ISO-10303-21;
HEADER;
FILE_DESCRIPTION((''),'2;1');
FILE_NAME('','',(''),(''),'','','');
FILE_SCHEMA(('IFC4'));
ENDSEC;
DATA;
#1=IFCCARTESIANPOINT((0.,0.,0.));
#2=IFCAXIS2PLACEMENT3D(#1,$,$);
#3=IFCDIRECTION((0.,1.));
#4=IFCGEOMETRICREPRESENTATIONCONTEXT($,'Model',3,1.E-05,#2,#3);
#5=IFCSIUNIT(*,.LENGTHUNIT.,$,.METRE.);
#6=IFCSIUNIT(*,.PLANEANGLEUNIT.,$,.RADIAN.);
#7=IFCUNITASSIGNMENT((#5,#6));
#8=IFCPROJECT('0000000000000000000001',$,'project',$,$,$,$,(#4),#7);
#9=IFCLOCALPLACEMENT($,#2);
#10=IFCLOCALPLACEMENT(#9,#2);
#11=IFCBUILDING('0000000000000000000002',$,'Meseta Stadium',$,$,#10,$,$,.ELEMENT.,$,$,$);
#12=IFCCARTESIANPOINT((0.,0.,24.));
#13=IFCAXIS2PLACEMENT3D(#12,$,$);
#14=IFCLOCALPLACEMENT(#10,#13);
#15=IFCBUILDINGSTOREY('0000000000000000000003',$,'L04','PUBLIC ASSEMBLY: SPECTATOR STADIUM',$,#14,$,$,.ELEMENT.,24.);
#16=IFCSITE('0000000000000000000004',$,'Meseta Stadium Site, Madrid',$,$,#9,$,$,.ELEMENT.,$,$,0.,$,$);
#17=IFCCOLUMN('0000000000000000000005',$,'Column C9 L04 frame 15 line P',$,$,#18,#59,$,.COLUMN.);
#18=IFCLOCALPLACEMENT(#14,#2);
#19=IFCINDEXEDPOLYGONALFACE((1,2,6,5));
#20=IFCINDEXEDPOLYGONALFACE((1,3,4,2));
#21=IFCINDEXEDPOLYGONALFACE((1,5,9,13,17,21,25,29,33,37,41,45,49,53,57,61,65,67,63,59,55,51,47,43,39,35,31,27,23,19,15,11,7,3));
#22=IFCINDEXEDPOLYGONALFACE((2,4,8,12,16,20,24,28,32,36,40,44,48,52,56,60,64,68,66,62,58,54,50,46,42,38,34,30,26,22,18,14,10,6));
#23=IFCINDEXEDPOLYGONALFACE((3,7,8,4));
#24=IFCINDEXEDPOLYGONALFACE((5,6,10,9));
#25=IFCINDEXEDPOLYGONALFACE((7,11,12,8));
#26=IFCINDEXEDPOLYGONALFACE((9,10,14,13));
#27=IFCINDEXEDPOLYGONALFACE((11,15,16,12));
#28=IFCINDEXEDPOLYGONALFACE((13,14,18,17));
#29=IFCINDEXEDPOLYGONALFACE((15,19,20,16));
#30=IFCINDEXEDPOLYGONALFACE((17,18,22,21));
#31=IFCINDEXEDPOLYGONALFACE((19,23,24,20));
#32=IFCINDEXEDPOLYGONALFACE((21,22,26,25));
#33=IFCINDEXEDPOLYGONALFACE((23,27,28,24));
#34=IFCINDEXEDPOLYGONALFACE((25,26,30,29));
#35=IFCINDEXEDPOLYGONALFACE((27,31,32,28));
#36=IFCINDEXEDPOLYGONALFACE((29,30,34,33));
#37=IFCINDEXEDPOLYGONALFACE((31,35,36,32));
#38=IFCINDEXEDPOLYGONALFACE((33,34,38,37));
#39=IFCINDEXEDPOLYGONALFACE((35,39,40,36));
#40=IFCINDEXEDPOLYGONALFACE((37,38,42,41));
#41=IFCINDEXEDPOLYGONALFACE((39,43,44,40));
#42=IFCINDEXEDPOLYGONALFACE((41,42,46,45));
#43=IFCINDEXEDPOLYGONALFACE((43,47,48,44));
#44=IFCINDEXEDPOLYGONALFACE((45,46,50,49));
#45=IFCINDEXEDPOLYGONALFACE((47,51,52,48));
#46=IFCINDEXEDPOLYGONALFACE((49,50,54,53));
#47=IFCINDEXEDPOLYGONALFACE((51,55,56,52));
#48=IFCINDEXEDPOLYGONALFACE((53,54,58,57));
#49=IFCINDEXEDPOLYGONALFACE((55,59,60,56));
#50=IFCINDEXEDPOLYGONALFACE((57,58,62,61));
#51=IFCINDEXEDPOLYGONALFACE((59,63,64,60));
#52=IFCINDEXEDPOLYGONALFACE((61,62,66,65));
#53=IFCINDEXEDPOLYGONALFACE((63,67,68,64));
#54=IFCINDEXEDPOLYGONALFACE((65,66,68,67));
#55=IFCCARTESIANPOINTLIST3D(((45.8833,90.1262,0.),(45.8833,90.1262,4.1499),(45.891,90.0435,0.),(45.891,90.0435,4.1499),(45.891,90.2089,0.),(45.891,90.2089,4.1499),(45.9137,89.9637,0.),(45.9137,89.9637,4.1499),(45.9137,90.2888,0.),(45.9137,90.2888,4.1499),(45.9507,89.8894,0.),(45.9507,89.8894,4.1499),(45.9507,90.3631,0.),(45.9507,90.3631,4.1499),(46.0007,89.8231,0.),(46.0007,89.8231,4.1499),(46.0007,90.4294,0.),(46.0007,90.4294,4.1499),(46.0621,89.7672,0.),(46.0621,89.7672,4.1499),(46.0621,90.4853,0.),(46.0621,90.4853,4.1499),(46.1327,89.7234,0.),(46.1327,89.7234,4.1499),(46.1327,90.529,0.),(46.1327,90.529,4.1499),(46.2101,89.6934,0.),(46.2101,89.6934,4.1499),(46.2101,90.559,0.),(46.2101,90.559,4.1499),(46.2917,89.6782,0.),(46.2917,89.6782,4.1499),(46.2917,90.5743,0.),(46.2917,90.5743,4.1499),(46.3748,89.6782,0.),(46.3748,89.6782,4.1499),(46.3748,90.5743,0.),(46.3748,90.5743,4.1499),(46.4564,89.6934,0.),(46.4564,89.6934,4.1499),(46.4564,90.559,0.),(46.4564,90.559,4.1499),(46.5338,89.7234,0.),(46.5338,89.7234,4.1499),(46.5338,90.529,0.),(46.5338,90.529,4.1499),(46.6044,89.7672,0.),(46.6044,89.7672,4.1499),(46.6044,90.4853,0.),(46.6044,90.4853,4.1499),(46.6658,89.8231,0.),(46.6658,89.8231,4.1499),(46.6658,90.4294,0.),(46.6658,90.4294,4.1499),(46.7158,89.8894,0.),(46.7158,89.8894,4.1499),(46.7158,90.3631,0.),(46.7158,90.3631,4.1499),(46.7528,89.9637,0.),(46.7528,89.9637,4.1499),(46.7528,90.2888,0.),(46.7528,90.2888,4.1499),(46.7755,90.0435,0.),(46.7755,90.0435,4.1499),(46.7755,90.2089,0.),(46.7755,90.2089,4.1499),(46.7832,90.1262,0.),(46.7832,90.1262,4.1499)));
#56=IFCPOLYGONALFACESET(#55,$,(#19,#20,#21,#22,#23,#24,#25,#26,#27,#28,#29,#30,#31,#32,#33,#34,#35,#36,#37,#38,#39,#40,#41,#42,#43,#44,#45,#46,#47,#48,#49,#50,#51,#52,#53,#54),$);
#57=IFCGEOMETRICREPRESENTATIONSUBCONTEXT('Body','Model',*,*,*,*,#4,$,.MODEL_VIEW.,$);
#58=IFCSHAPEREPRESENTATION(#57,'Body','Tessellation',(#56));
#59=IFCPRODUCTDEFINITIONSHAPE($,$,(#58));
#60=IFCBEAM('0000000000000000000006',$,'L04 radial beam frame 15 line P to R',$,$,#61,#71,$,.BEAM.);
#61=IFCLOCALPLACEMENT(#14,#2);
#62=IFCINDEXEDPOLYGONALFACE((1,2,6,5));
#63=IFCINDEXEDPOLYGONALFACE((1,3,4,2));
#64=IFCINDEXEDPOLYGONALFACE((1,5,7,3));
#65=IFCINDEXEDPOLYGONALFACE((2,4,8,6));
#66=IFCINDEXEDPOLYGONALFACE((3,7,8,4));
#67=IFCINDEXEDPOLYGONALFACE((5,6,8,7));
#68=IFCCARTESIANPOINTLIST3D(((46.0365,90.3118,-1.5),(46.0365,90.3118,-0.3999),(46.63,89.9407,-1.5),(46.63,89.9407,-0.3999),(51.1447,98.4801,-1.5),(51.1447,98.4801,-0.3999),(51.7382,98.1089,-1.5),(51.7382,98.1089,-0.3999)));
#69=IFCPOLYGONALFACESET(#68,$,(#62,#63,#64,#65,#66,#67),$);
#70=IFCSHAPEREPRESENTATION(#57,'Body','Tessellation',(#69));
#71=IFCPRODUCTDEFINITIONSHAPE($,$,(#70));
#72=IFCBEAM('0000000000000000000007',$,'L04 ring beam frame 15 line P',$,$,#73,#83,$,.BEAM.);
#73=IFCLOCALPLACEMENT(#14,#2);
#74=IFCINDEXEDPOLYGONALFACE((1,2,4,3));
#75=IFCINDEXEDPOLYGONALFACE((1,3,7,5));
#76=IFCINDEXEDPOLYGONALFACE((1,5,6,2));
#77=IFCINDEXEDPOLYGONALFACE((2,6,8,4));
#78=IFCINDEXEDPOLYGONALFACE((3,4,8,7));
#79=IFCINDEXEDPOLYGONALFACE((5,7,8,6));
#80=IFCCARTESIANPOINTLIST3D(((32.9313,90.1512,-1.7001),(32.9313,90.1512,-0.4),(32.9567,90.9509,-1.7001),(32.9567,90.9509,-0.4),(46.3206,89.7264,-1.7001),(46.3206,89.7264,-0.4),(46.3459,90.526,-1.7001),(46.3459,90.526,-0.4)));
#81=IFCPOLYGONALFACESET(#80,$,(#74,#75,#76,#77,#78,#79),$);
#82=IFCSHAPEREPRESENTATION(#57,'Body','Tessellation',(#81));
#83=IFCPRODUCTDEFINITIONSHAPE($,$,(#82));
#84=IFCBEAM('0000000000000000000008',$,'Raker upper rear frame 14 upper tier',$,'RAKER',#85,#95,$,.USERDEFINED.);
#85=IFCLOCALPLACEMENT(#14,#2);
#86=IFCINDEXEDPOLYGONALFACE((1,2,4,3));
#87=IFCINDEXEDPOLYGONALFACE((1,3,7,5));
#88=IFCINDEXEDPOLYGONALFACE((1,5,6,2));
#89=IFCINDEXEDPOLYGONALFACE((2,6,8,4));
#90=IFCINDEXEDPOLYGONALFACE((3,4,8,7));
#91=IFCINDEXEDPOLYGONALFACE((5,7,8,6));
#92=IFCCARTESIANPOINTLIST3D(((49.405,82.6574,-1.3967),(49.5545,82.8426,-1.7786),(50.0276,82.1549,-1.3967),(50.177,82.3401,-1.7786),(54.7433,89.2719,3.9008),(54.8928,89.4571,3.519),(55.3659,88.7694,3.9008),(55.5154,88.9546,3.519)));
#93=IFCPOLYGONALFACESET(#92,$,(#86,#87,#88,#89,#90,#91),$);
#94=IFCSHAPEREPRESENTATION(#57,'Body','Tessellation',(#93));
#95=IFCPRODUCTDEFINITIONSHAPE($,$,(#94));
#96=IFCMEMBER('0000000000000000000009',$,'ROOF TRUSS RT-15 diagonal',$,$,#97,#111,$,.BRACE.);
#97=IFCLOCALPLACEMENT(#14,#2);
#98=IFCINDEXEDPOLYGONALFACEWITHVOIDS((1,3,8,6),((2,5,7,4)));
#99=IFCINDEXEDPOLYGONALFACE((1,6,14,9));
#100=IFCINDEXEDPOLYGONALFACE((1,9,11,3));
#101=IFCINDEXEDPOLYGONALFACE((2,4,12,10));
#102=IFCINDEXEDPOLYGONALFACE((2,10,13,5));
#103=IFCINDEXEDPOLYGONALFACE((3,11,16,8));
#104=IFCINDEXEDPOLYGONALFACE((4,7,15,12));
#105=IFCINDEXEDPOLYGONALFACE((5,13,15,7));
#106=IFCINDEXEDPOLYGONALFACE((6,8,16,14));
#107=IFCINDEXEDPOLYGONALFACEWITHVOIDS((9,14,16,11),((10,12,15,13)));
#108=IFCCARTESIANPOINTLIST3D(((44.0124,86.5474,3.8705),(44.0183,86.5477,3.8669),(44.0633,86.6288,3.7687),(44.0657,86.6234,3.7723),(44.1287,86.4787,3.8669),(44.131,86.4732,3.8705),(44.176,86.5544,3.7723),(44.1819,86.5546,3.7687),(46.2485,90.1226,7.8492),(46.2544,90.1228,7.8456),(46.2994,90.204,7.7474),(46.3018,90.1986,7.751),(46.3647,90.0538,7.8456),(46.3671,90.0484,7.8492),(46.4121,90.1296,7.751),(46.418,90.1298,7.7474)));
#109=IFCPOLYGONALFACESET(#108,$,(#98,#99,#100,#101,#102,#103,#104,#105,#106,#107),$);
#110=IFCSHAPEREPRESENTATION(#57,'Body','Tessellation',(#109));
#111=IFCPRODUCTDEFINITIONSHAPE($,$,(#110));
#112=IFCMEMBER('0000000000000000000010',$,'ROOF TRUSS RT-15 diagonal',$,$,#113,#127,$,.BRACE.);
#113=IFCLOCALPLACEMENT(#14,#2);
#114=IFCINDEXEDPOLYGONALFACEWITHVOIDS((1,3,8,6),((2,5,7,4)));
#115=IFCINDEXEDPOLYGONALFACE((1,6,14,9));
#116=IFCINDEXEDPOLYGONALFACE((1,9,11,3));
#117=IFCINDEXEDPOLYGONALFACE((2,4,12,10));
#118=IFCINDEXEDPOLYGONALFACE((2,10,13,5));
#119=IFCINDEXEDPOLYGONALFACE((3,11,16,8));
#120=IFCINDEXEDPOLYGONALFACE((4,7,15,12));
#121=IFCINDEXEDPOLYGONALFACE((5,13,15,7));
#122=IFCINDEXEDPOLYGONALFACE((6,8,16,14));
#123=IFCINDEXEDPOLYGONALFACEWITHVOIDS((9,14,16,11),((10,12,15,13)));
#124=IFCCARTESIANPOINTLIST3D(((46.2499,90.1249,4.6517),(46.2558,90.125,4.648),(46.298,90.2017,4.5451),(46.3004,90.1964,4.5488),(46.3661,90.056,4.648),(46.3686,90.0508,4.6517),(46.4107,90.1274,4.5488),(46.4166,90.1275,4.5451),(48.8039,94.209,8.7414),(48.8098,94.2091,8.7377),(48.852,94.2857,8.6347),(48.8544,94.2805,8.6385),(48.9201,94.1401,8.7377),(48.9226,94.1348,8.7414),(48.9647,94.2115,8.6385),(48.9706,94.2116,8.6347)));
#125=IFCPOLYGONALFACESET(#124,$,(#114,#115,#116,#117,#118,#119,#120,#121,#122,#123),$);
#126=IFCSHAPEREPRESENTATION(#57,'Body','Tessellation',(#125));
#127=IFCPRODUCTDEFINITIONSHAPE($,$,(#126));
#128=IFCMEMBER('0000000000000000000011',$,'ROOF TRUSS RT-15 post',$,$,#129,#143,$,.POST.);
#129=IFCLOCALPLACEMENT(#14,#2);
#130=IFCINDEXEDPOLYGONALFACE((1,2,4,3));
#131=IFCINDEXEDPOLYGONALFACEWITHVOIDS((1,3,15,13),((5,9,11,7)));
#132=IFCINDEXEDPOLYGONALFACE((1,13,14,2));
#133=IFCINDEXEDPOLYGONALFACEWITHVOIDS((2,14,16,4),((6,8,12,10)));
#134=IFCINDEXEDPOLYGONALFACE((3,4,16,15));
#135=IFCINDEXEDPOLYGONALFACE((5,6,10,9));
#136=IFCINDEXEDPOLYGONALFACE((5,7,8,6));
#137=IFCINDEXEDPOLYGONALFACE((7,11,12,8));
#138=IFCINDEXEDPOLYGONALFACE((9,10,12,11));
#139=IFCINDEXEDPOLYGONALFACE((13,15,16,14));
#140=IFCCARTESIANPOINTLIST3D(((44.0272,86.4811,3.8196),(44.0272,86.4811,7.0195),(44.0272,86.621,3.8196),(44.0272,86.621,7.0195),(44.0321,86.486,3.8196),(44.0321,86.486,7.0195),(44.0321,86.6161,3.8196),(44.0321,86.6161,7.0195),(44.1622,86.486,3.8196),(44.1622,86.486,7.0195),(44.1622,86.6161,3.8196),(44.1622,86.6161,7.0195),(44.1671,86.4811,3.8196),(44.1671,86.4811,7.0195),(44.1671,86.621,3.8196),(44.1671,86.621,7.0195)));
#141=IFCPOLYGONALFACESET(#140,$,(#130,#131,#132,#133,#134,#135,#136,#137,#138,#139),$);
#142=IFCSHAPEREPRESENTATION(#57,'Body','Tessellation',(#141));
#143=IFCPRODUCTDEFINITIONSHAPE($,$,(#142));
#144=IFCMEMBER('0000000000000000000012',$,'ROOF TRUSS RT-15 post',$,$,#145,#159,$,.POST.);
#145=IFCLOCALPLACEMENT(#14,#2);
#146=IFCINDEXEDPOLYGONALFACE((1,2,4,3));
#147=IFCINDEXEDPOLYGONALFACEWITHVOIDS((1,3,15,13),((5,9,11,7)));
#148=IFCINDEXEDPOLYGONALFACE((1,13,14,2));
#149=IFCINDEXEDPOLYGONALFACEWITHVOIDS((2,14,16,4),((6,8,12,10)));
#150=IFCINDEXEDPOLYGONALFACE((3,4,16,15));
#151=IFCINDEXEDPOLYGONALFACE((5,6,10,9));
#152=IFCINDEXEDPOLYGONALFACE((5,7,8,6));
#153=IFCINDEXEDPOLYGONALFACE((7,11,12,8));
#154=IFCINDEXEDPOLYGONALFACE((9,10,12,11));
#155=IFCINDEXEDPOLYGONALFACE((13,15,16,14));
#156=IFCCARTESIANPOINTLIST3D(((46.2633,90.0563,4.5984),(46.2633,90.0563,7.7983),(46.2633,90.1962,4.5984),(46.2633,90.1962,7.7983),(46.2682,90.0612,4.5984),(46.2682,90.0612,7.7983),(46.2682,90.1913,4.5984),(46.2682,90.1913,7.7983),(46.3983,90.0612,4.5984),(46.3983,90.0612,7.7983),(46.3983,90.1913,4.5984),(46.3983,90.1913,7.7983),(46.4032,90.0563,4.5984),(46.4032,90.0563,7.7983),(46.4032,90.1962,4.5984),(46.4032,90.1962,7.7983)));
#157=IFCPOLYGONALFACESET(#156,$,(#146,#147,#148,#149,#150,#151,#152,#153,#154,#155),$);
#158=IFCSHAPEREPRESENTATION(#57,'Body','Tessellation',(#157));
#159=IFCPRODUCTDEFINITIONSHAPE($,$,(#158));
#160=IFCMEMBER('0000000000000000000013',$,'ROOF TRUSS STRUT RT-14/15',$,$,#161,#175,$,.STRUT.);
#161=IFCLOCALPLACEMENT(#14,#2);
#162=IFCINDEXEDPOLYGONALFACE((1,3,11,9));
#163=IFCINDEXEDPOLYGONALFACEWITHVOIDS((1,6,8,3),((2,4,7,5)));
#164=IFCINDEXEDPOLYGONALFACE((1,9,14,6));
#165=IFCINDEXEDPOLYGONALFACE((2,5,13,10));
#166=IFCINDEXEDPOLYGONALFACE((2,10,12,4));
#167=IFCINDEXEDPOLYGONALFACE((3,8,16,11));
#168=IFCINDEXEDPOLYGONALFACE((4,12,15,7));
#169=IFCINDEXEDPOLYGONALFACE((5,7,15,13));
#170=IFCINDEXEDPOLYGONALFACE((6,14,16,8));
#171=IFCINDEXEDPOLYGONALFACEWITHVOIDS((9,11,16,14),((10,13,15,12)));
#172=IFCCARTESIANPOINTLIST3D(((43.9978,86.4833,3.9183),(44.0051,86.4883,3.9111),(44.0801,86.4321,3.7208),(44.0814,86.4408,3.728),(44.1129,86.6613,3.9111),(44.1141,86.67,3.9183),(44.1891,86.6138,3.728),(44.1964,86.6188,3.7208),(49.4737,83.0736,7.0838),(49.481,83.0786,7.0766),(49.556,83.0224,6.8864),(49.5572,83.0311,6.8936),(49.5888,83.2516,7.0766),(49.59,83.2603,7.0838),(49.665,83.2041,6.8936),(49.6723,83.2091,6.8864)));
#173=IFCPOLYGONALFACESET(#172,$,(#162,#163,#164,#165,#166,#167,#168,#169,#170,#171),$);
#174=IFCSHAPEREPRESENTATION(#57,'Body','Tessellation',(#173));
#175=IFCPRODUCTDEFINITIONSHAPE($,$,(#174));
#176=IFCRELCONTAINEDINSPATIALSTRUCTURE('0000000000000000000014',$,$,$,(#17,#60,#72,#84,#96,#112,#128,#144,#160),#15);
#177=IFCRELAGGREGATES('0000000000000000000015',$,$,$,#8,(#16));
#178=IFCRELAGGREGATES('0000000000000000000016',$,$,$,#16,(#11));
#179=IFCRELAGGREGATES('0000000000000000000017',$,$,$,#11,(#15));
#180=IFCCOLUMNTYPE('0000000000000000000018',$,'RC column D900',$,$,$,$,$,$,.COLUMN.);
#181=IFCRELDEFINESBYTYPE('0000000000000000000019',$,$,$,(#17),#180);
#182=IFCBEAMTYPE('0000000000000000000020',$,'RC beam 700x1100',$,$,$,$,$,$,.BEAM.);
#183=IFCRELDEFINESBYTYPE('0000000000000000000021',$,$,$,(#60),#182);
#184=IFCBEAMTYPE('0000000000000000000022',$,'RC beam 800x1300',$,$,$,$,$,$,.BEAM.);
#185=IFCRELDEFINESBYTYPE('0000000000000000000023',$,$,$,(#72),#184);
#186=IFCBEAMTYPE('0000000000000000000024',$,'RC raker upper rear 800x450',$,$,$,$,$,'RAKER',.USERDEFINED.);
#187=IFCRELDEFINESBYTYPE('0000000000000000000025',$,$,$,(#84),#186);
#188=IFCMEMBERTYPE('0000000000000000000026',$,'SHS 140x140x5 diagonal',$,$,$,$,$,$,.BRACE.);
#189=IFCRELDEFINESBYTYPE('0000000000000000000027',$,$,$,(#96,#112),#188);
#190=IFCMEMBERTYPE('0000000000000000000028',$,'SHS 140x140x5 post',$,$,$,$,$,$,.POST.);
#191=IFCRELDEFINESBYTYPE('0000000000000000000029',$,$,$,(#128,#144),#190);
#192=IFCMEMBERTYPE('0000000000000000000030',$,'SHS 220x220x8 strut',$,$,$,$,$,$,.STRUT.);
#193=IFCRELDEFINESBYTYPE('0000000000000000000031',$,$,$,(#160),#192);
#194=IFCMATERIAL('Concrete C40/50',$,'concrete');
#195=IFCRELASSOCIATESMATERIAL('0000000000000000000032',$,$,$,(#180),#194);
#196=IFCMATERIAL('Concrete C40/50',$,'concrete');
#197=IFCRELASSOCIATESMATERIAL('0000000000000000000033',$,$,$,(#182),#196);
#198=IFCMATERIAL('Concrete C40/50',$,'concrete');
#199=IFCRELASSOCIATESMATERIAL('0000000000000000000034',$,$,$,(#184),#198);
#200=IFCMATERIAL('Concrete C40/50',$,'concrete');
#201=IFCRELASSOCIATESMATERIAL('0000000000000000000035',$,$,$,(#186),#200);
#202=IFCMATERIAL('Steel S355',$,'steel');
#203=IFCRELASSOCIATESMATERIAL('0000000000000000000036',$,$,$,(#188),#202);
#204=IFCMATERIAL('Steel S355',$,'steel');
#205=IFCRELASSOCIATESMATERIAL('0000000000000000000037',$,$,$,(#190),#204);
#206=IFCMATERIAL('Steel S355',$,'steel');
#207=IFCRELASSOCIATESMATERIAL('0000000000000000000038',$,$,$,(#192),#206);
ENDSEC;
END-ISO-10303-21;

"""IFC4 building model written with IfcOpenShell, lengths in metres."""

from ifc_helpers import new_model, si_unit, direction, frame, origin, origin_2d, place, context, subcontext, project, spatial, rectangle, hollow_rectangle, circle, extrude, material, material_profile, profile_set, type_object, element, save


model = new_model("IFC4")

# Units and contexts
model_context = context("Model", 3, precision=1e-05, world=origin(), true_north=direction((0.0, 1.0)))
body_context = subcontext(model_context, "Body", "Model", "MODEL_VIEW")
ifc_project = project(units=[si_unit("LENGTHUNIT", "METRE"), si_unit("PLANEANGLEUNIT", "RADIAN")], contexts=[model_context])

# Site, building, storey
site_placement = place(None, origin())
site = spatial("IfcSite", under=ifc_project, at=site_placement, Name="Meseta Stadium Site, Madrid", CompositionType="ELEMENT", RefElevation=0.0)
building_placement = place(site_placement, origin())
building = spatial("IfcBuilding", under=site, at=building_placement, Name="Meseta Stadium", CompositionType="ELEMENT")
storey_placement = place(building_placement, frame((0.0, 0.0, 24.0)))
storey = spatial("IfcBuildingStorey", under=building, at=storey_placement, Name="L04", Description="PUBLIC ASSEMBLY: SPECTATOR STADIUM", CompositionType="ELEMENT", Elevation=24.0)

# Column
ifc_material_1 = material(Name="Concrete C40/50", Category="concrete")
ifc_material_profile_1 = material_profile(ifc_material_1, circle(Radius=0.45, at=origin_2d()), Name="RC D900")
ifc_profile_set_1 = profile_set([ifc_material_profile_1], Name="Concrete C40/50")
column_type = type_object("IfcColumnType", Name="RC column D900", PredefinedType="COLUMN", material=ifc_profile_set_1)
column_placement = place(storey_placement, frame((46.3333, 90.1262, 0.0), z_axis=(0.0, 0.0, 1.0), x_axis=(1.0, 0.0, 0.0)))
element("IfcColumn", 1, at=column_placement, inside=storey, type_object=column_type, Name="Column C9 L04 frame 15 line P", PredefinedType="COLUMN", context=body_context, shape_type="SweptSolid", body=[
    extrude(circle(Radius=0.45, at=origin_2d()), origin(), (0.0, 0.0, 1.0), 4.1499),
])

# Beams
ifc_material_2 = material(Name="Concrete C40/50", Category="concrete")
ifc_material_profile_2 = material_profile(ifc_material_2, rectangle(XDim=0.7, YDim=1.1001, at=origin_2d()), Name="RC 700x1100")
ifc_profile_set_2 = profile_set([ifc_material_profile_2], Name="Concrete C40/50")
beam_type_1 = type_object("IfcBeamType", Name="RC beam 700x1100", PredefinedType="BEAM", material=ifc_profile_set_2)
beam_1_placement = place(storey_placement, frame((46.3333, 90.1262, -0.95), z_axis=(0.530224, 0.847857, 0.0), x_axis=(-0.847857, 0.530224, 0.0)))
element("IfcBeam", 2, at=beam_1_placement, inside=storey, type_object=beam_type_1, Name="L04 radial beam frame 15 line P to R", PredefinedType="BEAM", context=body_context, shape_type="SweptSolid", body=[
    extrude(rectangle(XDim=0.7, YDim=1.1001, at=origin_2d()), origin(), (0.0, 0.0, 1.0), 9.634),
])
ifc_material_3 = material(Name="Concrete C40/50", Category="concrete")
ifc_material_profile_3 = material_profile(ifc_material_3, rectangle(XDim=0.8, YDim=1.3, at=origin_2d()), Name="RC 800x1300")
ifc_profile_set_3 = profile_set([ifc_material_profile_3], Name="Concrete C40/50")
beam_type_2 = type_object("IfcBeamType", Name="RC beam 800x1300", PredefinedType="BEAM", material=ifc_profile_set_3)
beam_2_placement = place(storey_placement, frame((46.3333, 90.1262, -1.05), z_axis=(-0.999497, 0.031712, 0.0), x_axis=(-0.031712, -0.999497, 0.0)))
element("IfcBeam", 3, at=beam_2_placement, inside=storey, type_object=beam_type_2, Name="L04 ring beam frame 15 line P", PredefinedType="BEAM", context=body_context, shape_type="SweptSolid", body=[
    extrude(rectangle(XDim=0.8, YDim=1.3, at=origin_2d()), origin(), (0.0, 0.0, 1.0), 13.396),
])
ifc_material_4 = material(Name="Concrete C40/50", Category="concrete")
ifc_material_profile_4 = material_profile(ifc_material_4, rectangle(XDim=0.8, YDim=0.45, at=origin_2d()), Name="RC 800x450")
ifc_profile_set_4 = profile_set([ifc_material_profile_4], Name="Concrete C40/50")
beam_type_3 = type_object("IfcBeamType", Name="RC raker upper rear 800x450", ElementType="RAKER", PredefinedType="USERDEFINED", material=ifc_profile_set_4)
beam_3_placement = place(storey_placement, frame((49.791, 82.4988, -1.5876), z_axis=(0.533, 0.660412, 0.528929), x_axis=(-0.778177, 0.628045, 0.0)))
element("IfcBeam", 4, at=beam_3_placement, inside=storey, type_object=beam_type_3, Name="Raker upper rear frame 14 upper tier", ObjectType="RAKER", PredefinedType="USERDEFINED", context=body_context, shape_type="SweptSolid", body=[
    extrude(rectangle(XDim=0.8, YDim=0.45, at=origin_2d()), origin(), (0.0, 0.0, 1.0), 10.0156),
])

# Members
ifc_material_5 = material(Name="Steel S355", Category="steel")
ifc_material_profile_5 = material_profile(ifc_material_5, hollow_rectangle(XDim=0.1399, YDim=0.1399, WallThickness=0.0049, at=origin_2d()), Name="SHS 140x140x5")
ifc_profile_set_5 = profile_set([ifc_material_profile_5], Name="Steel S355")
member_type_1 = type_object("IfcMemberType", Name="SHS 140x140x5 diagonal", PredefinedType="BRACE", material=ifc_profile_set_5)
member_1_placement = place(storey_placement, frame((44.0972, 86.551, 3.8196), z_axis=(0.385689, 0.616664, 0.686272), x_axis=(-0.847829, 0.53027, 0.0)))
element("IfcMember", 5, at=member_1_placement, inside=storey, type_object=member_type_1, Name="ROOF TRUSS RT-15 diagonal", PredefinedType="BRACE", context=body_context, shape_type="SweptSolid", body=[
    extrude(hollow_rectangle(XDim=0.1399, YDim=0.1399, WallThickness=0.0049, at=origin_2d()), origin(), (0.0, 0.0, 1.0), 5.7976),
])
member_2_placement = place(storey_placement, frame((46.3333, 90.1262, 4.5984), z_axis=(0.404188, 0.646329, 0.647218), x_axis=(-0.847862, 0.530218, 0.0)))
element("IfcMember", 6, at=member_2_placement, inside=storey, type_object=member_type_1, Name="ROOF TRUSS RT-15 diagonal", PredefinedType="BRACE", context=body_context, shape_type="SweptSolid", body=[
    extrude(hollow_rectangle(XDim=0.1399, YDim=0.1399, WallThickness=0.0049, at=origin_2d()), origin(), (0.0, 0.0, 1.0), 6.3188),
])
ifc_material_6 = material(Name="Steel S355", Category="steel")
ifc_material_profile_6 = material_profile(ifc_material_6, hollow_rectangle(XDim=0.1399, YDim=0.1399, WallThickness=0.0049, at=origin_2d()), Name="SHS 140x140x5")
ifc_profile_set_6 = profile_set([ifc_material_profile_6], Name="Steel S355")
member_type_2 = type_object("IfcMemberType", Name="SHS 140x140x5 post", PredefinedType="POST", material=ifc_profile_set_6)
for number, where, z_axis, x_axis, name in (
    (7, (44.0972, 86.551, 3.8196), (0.0, 0.0, 1.0), (1.0, 0.0, 0.0), "ROOF TRUSS RT-15 post"),
    (8, (46.3333, 90.1262, 4.5984), (0.0, 0.0, 1.0), (1.0, 0.0, 0.0), "ROOF TRUSS RT-15 post"),
):
    element("IfcMember", number, at=place(storey_placement, frame(where, z_axis=z_axis, x_axis=x_axis)), inside=storey, type_object=member_type_2, Name=name, PredefinedType="POST", context=body_context, shape_type="SweptSolid", body=[
        extrude(hollow_rectangle(XDim=0.1399, YDim=0.1399, WallThickness=0.0049, at=origin_2d()), origin(), (0.0, 0.0, 1.0), 3.2),
    ])
ifc_material_7 = material(Name="Steel S355", Category="steel")
ifc_material_profile_7 = material_profile(ifc_material_7, hollow_rectangle(XDim=0.22, YDim=0.22, WallThickness=0.0081, at=origin_2d()), Name="SHS 220x220x8")
ifc_profile_set_7 = profile_set([ifc_material_profile_7], Name="Steel S355")
member_type_3 = type_object("IfcMemberType", Name="SHS 220x220x8 strut", PredefinedType="STRUT", material=ifc_profile_set_7)
member_3_placement = place(storey_placement, frame((49.573, 83.1414, 6.9851), z_axis=(-0.762069, 0.474522, -0.440545), x_axis=(-0.52858, -0.848884, 0.0)))
element("IfcMember", 9, at=member_3_placement, inside=storey, type_object=member_type_3, Name="ROOF TRUSS STRUT RT-14/15", PredefinedType="STRUT", context=body_context, shape_type="SweptSolid", body=[
    extrude(hollow_rectangle(XDim=0.22, YDim=0.22, WallThickness=0.0081, at=origin_2d()), origin(), (0.0, 0.0, 1.0), 7.1855),
])

save(model, "model.ifc")
